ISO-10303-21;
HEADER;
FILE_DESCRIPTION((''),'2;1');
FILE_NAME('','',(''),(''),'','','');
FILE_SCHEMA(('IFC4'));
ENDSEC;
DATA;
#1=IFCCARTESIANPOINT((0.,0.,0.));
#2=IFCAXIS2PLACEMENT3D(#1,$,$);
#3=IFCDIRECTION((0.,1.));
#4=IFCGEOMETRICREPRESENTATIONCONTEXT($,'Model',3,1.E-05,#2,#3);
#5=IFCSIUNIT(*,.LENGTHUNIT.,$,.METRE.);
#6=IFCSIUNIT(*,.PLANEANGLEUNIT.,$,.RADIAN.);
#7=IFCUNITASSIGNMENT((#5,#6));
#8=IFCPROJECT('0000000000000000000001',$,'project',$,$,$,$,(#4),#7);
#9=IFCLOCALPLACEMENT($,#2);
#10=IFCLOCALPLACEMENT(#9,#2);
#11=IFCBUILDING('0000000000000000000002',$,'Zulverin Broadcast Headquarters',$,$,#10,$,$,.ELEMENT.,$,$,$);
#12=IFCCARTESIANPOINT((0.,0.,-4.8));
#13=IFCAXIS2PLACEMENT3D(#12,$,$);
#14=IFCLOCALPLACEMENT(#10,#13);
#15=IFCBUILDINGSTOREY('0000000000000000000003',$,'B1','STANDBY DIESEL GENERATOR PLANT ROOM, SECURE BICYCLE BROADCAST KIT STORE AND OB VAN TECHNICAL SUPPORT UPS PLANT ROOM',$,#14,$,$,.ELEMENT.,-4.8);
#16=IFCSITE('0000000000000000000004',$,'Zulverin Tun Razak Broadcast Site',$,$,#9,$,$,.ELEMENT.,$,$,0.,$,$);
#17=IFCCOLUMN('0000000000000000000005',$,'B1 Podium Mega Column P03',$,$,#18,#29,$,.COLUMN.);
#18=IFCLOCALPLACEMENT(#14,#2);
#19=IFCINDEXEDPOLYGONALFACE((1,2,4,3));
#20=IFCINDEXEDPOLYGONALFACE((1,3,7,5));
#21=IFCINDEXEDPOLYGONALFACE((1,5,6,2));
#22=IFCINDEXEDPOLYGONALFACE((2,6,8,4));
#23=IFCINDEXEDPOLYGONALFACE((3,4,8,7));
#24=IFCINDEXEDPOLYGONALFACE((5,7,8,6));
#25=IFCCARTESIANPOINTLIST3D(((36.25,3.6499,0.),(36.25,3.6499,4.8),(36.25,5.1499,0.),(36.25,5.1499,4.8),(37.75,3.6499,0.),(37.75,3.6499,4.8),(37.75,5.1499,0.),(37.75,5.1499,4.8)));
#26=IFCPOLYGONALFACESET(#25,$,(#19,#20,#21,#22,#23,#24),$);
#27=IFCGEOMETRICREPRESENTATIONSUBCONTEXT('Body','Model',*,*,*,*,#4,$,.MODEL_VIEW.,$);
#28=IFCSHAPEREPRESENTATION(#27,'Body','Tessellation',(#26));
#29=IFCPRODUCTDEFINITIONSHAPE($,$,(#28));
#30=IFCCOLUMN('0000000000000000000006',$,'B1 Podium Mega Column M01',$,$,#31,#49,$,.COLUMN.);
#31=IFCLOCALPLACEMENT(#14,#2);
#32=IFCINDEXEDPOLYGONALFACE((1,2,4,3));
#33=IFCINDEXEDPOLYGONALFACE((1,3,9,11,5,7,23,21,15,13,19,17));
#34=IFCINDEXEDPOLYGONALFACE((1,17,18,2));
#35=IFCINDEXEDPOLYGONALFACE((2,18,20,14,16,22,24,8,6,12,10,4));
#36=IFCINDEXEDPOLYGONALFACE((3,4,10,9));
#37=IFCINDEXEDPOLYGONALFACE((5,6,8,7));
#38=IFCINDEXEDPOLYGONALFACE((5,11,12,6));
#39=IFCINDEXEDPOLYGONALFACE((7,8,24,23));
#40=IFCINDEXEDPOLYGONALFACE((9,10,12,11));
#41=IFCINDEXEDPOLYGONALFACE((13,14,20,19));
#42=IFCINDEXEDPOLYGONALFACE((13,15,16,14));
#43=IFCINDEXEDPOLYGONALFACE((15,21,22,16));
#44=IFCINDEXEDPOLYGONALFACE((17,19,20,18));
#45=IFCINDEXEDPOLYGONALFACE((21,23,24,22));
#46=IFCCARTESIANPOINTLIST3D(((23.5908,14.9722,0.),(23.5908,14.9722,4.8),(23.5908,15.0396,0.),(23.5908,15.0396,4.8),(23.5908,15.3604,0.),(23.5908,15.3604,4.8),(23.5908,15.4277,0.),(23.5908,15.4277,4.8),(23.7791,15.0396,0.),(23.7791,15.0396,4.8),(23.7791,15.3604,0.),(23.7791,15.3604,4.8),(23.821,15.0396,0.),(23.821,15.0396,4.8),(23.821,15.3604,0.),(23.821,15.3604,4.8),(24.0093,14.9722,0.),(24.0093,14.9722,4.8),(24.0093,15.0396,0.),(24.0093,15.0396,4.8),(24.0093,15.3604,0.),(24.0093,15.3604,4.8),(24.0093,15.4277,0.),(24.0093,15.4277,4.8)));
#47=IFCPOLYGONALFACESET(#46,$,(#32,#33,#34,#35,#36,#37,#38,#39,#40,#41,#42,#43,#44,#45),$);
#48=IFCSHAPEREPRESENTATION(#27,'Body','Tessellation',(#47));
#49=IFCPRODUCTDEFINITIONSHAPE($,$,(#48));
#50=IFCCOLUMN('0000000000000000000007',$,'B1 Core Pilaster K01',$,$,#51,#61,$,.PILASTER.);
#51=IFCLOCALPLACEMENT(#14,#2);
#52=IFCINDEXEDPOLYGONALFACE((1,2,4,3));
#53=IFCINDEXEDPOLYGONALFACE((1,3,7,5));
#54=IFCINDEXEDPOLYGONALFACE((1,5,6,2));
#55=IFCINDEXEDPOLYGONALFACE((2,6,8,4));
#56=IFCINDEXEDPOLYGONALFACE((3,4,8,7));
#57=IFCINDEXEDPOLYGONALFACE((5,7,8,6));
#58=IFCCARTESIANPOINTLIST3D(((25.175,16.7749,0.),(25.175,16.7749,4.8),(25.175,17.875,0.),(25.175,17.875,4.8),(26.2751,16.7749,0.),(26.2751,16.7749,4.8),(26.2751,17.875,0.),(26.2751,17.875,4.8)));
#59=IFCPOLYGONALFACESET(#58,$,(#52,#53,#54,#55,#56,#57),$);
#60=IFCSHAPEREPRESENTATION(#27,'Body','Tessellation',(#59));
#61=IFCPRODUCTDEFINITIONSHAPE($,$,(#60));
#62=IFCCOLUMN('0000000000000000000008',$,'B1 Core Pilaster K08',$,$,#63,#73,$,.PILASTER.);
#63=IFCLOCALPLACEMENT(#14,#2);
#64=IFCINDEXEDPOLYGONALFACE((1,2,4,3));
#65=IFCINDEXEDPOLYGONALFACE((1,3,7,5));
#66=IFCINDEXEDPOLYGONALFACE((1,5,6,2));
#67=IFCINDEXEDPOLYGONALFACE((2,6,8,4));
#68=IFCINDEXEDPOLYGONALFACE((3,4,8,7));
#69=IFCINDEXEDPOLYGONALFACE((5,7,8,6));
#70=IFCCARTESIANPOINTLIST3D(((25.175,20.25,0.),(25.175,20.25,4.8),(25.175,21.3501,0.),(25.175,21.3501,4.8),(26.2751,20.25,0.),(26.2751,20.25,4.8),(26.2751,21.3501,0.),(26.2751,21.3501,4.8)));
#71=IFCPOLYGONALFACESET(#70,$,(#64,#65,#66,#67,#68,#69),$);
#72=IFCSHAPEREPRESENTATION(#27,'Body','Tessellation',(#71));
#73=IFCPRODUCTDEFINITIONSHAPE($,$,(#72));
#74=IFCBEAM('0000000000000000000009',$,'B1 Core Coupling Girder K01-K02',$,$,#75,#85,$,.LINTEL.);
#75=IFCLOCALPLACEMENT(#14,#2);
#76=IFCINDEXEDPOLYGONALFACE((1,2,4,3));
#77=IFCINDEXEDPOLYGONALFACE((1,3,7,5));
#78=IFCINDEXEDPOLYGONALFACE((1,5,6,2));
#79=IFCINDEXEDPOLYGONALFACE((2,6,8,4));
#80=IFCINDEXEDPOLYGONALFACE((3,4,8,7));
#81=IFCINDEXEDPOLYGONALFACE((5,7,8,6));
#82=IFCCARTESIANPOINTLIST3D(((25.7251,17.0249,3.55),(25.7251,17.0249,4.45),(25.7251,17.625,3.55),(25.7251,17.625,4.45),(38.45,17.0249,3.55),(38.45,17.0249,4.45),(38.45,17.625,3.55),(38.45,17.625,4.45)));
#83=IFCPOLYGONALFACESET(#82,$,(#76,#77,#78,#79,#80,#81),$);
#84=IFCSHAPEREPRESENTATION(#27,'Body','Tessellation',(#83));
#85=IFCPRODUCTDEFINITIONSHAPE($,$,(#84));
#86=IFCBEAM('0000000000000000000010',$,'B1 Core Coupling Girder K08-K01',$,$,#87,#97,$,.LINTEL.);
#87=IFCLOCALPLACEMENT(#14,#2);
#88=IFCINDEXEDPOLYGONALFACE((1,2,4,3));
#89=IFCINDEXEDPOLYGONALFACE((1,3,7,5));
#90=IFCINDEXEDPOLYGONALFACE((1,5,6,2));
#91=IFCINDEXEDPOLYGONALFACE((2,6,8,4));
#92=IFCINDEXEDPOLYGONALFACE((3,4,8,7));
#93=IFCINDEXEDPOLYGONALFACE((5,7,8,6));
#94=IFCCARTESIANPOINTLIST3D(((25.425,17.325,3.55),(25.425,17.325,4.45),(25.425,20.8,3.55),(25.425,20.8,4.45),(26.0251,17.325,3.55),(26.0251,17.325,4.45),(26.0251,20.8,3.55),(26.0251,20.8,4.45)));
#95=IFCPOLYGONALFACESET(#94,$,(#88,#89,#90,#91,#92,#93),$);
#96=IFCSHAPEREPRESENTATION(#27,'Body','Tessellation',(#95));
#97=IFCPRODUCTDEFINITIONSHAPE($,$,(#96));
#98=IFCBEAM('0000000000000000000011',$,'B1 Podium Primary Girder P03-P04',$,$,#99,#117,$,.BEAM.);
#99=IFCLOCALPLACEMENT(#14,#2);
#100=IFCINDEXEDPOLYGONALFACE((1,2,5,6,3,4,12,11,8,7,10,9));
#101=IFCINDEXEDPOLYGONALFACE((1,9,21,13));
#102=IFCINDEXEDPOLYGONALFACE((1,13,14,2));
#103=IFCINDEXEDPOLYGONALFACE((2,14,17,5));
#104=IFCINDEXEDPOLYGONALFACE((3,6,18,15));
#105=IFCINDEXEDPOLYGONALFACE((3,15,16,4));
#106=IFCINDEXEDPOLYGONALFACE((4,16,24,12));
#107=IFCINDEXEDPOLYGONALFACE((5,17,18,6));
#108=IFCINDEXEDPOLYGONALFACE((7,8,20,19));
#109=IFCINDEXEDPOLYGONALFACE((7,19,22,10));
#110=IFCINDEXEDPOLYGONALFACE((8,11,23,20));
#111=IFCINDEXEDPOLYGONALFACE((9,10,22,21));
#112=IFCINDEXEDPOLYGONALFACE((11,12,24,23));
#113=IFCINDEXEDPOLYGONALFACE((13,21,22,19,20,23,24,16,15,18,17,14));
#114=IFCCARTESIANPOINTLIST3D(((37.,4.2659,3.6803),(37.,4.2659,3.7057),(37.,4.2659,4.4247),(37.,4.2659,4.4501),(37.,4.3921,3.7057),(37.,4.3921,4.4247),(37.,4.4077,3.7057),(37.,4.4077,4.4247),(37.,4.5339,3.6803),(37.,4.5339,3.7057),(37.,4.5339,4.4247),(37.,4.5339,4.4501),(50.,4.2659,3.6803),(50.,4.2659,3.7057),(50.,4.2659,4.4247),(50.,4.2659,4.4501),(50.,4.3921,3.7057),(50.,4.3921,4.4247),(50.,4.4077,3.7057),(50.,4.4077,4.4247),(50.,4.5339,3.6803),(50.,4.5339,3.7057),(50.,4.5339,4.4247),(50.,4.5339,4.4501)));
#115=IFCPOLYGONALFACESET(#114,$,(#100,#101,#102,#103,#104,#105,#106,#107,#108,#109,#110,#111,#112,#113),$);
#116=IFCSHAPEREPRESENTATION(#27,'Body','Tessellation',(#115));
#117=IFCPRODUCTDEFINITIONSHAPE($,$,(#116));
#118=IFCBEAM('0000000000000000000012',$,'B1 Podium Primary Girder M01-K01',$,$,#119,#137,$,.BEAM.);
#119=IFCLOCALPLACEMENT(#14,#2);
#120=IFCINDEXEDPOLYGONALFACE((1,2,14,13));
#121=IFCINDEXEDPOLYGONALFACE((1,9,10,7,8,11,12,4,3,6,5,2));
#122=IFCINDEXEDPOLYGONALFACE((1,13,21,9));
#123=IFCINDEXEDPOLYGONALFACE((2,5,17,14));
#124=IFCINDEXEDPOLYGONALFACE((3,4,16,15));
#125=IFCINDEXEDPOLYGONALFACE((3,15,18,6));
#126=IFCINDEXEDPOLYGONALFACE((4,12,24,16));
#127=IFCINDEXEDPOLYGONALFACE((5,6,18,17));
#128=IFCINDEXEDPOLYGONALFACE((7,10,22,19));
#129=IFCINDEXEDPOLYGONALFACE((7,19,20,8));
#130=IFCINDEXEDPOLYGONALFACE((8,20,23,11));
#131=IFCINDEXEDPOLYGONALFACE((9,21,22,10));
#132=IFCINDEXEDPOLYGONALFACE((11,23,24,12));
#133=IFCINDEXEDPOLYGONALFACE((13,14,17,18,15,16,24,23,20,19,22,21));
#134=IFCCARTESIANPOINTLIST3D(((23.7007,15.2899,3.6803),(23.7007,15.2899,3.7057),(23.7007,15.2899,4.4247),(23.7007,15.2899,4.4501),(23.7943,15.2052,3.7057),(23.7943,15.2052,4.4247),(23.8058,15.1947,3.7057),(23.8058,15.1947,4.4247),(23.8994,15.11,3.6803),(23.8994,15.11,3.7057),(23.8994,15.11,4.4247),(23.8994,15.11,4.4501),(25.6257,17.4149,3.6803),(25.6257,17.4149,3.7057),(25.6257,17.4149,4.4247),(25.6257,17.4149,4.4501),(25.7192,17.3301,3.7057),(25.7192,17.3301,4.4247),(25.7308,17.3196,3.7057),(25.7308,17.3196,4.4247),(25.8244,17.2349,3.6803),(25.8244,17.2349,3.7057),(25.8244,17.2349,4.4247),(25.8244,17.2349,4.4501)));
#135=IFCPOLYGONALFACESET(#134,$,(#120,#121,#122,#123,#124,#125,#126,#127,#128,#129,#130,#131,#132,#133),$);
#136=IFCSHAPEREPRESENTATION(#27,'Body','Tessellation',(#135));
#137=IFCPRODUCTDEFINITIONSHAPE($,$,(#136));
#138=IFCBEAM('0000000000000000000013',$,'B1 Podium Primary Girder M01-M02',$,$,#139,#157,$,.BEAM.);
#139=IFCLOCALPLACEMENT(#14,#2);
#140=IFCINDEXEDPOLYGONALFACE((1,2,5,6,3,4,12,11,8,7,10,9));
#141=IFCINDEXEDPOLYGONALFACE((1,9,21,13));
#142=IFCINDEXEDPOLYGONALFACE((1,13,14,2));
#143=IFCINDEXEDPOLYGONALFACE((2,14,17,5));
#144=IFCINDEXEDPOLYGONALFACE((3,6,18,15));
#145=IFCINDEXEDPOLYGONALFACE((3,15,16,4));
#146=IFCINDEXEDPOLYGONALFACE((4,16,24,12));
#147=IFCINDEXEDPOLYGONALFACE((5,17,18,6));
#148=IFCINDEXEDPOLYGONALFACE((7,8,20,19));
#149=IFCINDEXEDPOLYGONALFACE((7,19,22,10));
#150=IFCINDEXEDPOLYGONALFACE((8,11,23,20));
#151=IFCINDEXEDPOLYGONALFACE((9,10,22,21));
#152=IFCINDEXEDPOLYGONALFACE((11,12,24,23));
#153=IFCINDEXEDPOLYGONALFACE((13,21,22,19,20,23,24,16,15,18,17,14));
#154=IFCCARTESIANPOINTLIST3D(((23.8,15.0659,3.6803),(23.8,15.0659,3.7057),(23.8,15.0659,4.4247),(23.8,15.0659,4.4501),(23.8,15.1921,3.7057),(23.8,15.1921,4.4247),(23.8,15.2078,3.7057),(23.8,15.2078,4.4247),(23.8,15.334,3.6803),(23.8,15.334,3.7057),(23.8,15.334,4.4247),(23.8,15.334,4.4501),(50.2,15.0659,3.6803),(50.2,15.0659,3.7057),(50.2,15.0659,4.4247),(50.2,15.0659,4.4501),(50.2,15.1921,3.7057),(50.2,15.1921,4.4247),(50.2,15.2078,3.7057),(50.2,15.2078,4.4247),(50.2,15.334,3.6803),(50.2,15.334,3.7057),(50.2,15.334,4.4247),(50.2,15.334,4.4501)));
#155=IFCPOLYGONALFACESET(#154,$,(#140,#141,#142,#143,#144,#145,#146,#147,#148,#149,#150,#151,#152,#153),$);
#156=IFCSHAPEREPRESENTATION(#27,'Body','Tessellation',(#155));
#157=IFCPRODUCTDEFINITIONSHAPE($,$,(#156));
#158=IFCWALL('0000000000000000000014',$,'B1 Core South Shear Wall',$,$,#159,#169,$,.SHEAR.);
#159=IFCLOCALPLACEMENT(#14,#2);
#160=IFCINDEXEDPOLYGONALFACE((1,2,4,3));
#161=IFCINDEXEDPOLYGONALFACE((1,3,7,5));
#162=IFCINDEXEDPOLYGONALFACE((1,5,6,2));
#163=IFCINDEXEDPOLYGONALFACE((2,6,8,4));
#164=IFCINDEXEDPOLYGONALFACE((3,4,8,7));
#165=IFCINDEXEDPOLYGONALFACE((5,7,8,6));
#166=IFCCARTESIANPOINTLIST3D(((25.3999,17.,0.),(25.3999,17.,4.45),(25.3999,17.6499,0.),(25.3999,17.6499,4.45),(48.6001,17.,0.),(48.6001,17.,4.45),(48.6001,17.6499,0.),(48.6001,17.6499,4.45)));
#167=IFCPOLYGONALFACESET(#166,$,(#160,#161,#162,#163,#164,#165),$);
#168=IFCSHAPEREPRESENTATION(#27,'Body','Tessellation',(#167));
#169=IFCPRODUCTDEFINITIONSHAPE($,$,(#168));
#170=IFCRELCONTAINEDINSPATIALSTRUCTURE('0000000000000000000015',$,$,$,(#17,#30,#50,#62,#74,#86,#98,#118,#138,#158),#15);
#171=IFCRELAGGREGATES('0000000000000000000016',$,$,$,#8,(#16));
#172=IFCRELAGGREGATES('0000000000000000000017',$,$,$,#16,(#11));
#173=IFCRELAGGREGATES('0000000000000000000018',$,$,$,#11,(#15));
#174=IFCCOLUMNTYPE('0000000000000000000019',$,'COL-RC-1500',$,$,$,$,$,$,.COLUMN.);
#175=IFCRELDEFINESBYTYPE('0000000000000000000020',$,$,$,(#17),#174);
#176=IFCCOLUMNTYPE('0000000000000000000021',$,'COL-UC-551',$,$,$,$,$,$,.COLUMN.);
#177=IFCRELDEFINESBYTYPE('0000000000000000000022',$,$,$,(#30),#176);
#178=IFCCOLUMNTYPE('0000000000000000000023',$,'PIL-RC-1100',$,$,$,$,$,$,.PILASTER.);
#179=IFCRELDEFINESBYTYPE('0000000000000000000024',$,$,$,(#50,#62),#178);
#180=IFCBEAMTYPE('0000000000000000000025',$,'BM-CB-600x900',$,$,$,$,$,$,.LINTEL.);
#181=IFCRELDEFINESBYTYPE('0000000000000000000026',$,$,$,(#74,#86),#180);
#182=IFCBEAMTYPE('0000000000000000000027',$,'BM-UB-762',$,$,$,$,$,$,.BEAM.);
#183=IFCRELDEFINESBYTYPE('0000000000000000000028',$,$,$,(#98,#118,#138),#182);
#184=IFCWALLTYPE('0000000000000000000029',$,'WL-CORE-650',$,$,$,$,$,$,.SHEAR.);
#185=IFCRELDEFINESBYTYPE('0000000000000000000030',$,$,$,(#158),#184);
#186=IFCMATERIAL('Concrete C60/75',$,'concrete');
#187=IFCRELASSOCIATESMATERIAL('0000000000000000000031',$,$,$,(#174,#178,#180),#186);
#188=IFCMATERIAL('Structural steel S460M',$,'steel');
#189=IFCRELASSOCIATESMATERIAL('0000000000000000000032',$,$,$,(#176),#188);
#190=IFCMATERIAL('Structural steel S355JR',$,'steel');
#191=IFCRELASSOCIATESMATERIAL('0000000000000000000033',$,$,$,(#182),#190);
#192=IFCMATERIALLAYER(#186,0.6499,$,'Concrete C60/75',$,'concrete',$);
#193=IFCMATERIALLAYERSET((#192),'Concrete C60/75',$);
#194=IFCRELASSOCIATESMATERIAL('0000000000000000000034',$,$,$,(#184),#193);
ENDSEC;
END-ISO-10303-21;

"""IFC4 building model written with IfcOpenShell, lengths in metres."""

from ifc_helpers import new_model, si_unit, direction, frame, frame_2d, origin, origin_2d, place, context, subcontext, project, spatial, rectangle, i_section, extrude, material, layer, layer_set, material_profile, profile_set, type_object, element, save


model = new_model("IFC4")

# Units and contexts
model_context = context("Model", 3, precision=1e-05, world=origin(), true_north=direction((0.0, 1.0)))
body_context = subcontext(model_context, "Body", "Model", "MODEL_VIEW")
ifc_project = project(units=[si_unit("LENGTHUNIT", "METRE"), si_unit("PLANEANGLEUNIT", "RADIAN")], contexts=[model_context])

# Site, building, storey
site_placement = place(None, origin())
site = spatial("IfcSite", under=ifc_project, at=site_placement, Name="Zulverin Tun Razak Broadcast Site", CompositionType="ELEMENT", RefElevation=0.0)
building_placement = place(site_placement, origin())
building = spatial("IfcBuilding", under=site, at=building_placement, Name="Zulverin Broadcast Headquarters", CompositionType="ELEMENT")
storey_placement = place(building_placement, frame((0.0, 0.0, -4.8)))
storey = spatial("IfcBuildingStorey", under=building, at=storey_placement, Name="B1", Description="STANDBY DIESEL GENERATOR PLANT ROOM, SECURE BICYCLE BROADCAST KIT STORE AND OB VAN TECHNICAL SUPPORT UPS PLANT ROOM", CompositionType="ELEMENT", Elevation=-4.8)

# Columns
ifc_material_1 = material(Name="Concrete C60/75", Category="concrete")
ifc_material_profile_1 = material_profile(ifc_material_1, rectangle(XDim=1.5, YDim=1.5, at=origin_2d()), Name="Concrete C60/75", Category="concrete")
ifc_profile_set_1 = profile_set([ifc_material_profile_1], Name="Concrete C60/75")
column_type_1 = type_object("IfcColumnType", Name="COL-RC-1500", PredefinedType="COLUMN", material=ifc_profile_set_1)
column_1_placement = place(storey_placement, frame((37.0, 4.3999, 0.0), z_axis=(0.0, 0.0, 1.0), x_axis=(1.0, 0.0, 0.0)))
element("IfcColumn", 1, at=column_1_placement, inside=storey, type_object=column_type_1, Name="B1 Podium Mega Column P03", PredefinedType="COLUMN", context=body_context, shape_type="SweptSolid", body=[
    extrude(rectangle(XDim=1.5, YDim=1.5, at=origin_2d()), origin(), (0.0, 0.0, 1.0), 4.8),
])
ifc_material_2 = material(Name="Structural steel S460M", Category="steel")
ifc_material_profile_2 = material_profile(ifc_material_2, i_section(OverallWidth=0.4185, OverallDepth=0.4556, WebThickness=0.042, FlangeThickness=0.0674, at=origin_2d()), Name="Structural steel S460M", Category="steel")
ifc_profile_set_2 = profile_set([ifc_material_profile_2], Name="Structural steel S460M")
column_type_2 = type_object("IfcColumnType", Name="COL-UC-551", PredefinedType="COLUMN", material=ifc_profile_set_2)
column_2_placement = place(storey_placement, frame((23.8, 15.2, 0.0), z_axis=(0.0, 0.0, 1.0), x_axis=(1.0, 0.0, 0.0)))
element("IfcColumn", 2, at=column_2_placement, inside=storey, type_object=column_type_2, Name="B1 Podium Mega Column M01", PredefinedType="COLUMN", context=body_context, shape_type="SweptSolid", body=[
    extrude(i_section(OverallWidth=0.4185, OverallDepth=0.4556, WebThickness=0.042, FlangeThickness=0.0674, at=origin_2d()), origin(), (0.0, 0.0, 1.0), 4.8),
])
ifc_material_profile_3 = material_profile(ifc_material_1, rectangle(XDim=1.1001, YDim=1.1001, at=origin_2d()), Name="Concrete C60/75", Category="concrete")
ifc_profile_set_3 = profile_set([ifc_material_profile_3], Name="Concrete C60/75")
column_type_3 = type_object("IfcColumnType", Name="PIL-RC-1100", PredefinedType="PILASTER", material=ifc_profile_set_3)
for number, where, z_axis, x_axis, name in (
    (3, (25.7251, 17.325, 0.0), (0.0, 0.0, 1.0), (1.0, 0.0, 0.0), "B1 Core Pilaster K01"),
    (4, (25.7251, 20.8, 0.0), (0.0, 0.0, 1.0), (1.0, 0.0, 0.0), "B1 Core Pilaster K08"),
):
    element("IfcColumn", number, at=place(storey_placement, frame(where, z_axis=z_axis, x_axis=x_axis)), inside=storey, type_object=column_type_3, Name=name, PredefinedType="PILASTER", context=body_context, shape_type="SweptSolid", body=[
        extrude(rectangle(XDim=1.1001, YDim=1.1001, at=origin_2d()), origin(), (0.0, 0.0, 1.0), 4.8),
    ])

# Beams
ifc_material_profile_4 = material_profile(ifc_material_1, rectangle(XDim=0.6001, YDim=0.8999, at=origin_2d()), Name="Concrete C60/75", Category="concrete")
ifc_profile_set_4 = profile_set([ifc_material_profile_4], Name="Concrete C60/75")
beam_type_1 = type_object("IfcBeamType", Name="BM-CB-600x900", PredefinedType="LINTEL", material=ifc_profile_set_4)
beam_1_placement = place(storey_placement, frame((25.7251, 17.325, 4.0), z_axis=(1.0, 0.0, 0.0), x_axis=(0.0, 1.0, 0.0)))
element("IfcBeam", 5, at=beam_1_placement, inside=storey, type_object=beam_type_1, Name="B1 Core Coupling Girder K01-K02", PredefinedType="LINTEL", context=body_context, shape_type="SweptSolid", body=[
    extrude(rectangle(XDim=0.6001, YDim=0.8999, at=origin_2d()), origin(), (0.0, 0.0, 1.0), 12.7249),
])
beam_2_placement = place(storey_placement, frame((25.7251, 20.8, 4.0), z_axis=(0.0, -1.0, 0.0), x_axis=(1.0, 0.0, 0.0)))
element("IfcBeam", 6, at=beam_2_placement, inside=storey, type_object=beam_type_1, Name="B1 Core Coupling Girder K08-K01", PredefinedType="LINTEL", context=body_context, shape_type="SweptSolid", body=[
    extrude(rectangle(XDim=0.6001, YDim=0.8999, at=origin_2d()), origin(), (0.0, 0.0, 1.0), 3.4751),
])
ifc_material_3 = material(Name="Structural steel S355JR", Category="steel")
ifc_material_profile_5 = material_profile(ifc_material_3, i_section(OverallWidth=0.2681, OverallDepth=0.7698, WebThickness=0.0156, FlangeThickness=0.0254, at=origin_2d()), Name="Structural steel S355JR", Category="steel")
ifc_profile_set_5 = profile_set([ifc_material_profile_5], Name="Structural steel S355JR")
beam_type_2 = type_object("IfcBeamType", Name="BM-UB-762", PredefinedType="BEAM", material=ifc_profile_set_5)
beam_3_placement = place(storey_placement, frame((37.0, 4.3999, 4.0652), z_axis=(1.0, 0.0, 0.0), x_axis=(0.0, 1.0, 0.0)))
element("IfcBeam", 7, at=beam_3_placement, inside=storey, type_object=beam_type_2, Name="B1 Podium Primary Girder P03-P04", PredefinedType="BEAM", context=body_context, shape_type="SweptSolid", body=[
    extrude(i_section(OverallWidth=0.2681, OverallDepth=0.7698, WebThickness=0.0156, FlangeThickness=0.0254, at=origin_2d()), origin(), (0.0, 0.0, 1.0), 13.0),
])
beam_4_placement = place(storey_placement, frame((23.8, 15.2, 4.0652), z_axis=(0.671379, 0.741114, 0.0), x_axis=(-0.741114, 0.671379, 0.0)))
element("IfcBeam", 8, at=beam_4_placement, inside=storey, type_object=beam_type_2, Name="B1 Podium Primary Girder M01-K01", PredefinedType="BEAM", context=body_context, shape_type="SweptSolid", body=[
    extrude(i_section(OverallWidth=0.2681, OverallDepth=0.7698, WebThickness=0.0156, FlangeThickness=0.0254, at=origin_2d()), origin(), (0.0, 0.0, 1.0), 2.8672),
])
beam_5_placement = place(storey_placement, frame((23.8, 15.2, 4.0652), z_axis=(1.0, 0.0, 0.0), x_axis=(0.0, 1.0, 0.0)))
element("IfcBeam", 9, at=beam_5_placement, inside=storey, type_object=beam_type_2, Name="B1 Podium Primary Girder M01-M02", PredefinedType="BEAM", context=body_context, shape_type="SweptSolid", body=[
    extrude(i_section(OverallWidth=0.2681, OverallDepth=0.7698, WebThickness=0.0156, FlangeThickness=0.0254, at=origin_2d()), origin(), (0.0, 0.0, 1.0), 26.3999),
])

# Wall
ifc_layer_1 = layer(ifc_material_1, 0.6499, Name="Concrete C60/75", Category="concrete")
ifc_layer_set_1 = layer_set([ifc_layer_1], Name="Concrete C60/75")
wall_type_1 = type_object("IfcWallType", Name="WL-CORE-650", PredefinedType="SHEAR", material=ifc_layer_set_1)
wall_1_placement = place(storey_placement, frame((25.3999, 17.325, 0.0), z_axis=(0.0, 0.0, 1.0), x_axis=(1.0, 0.0, 0.0)))
element("IfcWall", 10, at=wall_1_placement, inside=storey, type_object=wall_type_1, Name="B1 Core South Shear Wall", PredefinedType="SHEAR", context=body_context, shape_type="SweptSolid", body=[
    extrude(rectangle(XDim=23.2002, YDim=0.6499, at=frame_2d((11.6001, 0.0))), origin(), (0.0, 0.0, 1.0), 4.45),
])

save(model, "model.ifc")
